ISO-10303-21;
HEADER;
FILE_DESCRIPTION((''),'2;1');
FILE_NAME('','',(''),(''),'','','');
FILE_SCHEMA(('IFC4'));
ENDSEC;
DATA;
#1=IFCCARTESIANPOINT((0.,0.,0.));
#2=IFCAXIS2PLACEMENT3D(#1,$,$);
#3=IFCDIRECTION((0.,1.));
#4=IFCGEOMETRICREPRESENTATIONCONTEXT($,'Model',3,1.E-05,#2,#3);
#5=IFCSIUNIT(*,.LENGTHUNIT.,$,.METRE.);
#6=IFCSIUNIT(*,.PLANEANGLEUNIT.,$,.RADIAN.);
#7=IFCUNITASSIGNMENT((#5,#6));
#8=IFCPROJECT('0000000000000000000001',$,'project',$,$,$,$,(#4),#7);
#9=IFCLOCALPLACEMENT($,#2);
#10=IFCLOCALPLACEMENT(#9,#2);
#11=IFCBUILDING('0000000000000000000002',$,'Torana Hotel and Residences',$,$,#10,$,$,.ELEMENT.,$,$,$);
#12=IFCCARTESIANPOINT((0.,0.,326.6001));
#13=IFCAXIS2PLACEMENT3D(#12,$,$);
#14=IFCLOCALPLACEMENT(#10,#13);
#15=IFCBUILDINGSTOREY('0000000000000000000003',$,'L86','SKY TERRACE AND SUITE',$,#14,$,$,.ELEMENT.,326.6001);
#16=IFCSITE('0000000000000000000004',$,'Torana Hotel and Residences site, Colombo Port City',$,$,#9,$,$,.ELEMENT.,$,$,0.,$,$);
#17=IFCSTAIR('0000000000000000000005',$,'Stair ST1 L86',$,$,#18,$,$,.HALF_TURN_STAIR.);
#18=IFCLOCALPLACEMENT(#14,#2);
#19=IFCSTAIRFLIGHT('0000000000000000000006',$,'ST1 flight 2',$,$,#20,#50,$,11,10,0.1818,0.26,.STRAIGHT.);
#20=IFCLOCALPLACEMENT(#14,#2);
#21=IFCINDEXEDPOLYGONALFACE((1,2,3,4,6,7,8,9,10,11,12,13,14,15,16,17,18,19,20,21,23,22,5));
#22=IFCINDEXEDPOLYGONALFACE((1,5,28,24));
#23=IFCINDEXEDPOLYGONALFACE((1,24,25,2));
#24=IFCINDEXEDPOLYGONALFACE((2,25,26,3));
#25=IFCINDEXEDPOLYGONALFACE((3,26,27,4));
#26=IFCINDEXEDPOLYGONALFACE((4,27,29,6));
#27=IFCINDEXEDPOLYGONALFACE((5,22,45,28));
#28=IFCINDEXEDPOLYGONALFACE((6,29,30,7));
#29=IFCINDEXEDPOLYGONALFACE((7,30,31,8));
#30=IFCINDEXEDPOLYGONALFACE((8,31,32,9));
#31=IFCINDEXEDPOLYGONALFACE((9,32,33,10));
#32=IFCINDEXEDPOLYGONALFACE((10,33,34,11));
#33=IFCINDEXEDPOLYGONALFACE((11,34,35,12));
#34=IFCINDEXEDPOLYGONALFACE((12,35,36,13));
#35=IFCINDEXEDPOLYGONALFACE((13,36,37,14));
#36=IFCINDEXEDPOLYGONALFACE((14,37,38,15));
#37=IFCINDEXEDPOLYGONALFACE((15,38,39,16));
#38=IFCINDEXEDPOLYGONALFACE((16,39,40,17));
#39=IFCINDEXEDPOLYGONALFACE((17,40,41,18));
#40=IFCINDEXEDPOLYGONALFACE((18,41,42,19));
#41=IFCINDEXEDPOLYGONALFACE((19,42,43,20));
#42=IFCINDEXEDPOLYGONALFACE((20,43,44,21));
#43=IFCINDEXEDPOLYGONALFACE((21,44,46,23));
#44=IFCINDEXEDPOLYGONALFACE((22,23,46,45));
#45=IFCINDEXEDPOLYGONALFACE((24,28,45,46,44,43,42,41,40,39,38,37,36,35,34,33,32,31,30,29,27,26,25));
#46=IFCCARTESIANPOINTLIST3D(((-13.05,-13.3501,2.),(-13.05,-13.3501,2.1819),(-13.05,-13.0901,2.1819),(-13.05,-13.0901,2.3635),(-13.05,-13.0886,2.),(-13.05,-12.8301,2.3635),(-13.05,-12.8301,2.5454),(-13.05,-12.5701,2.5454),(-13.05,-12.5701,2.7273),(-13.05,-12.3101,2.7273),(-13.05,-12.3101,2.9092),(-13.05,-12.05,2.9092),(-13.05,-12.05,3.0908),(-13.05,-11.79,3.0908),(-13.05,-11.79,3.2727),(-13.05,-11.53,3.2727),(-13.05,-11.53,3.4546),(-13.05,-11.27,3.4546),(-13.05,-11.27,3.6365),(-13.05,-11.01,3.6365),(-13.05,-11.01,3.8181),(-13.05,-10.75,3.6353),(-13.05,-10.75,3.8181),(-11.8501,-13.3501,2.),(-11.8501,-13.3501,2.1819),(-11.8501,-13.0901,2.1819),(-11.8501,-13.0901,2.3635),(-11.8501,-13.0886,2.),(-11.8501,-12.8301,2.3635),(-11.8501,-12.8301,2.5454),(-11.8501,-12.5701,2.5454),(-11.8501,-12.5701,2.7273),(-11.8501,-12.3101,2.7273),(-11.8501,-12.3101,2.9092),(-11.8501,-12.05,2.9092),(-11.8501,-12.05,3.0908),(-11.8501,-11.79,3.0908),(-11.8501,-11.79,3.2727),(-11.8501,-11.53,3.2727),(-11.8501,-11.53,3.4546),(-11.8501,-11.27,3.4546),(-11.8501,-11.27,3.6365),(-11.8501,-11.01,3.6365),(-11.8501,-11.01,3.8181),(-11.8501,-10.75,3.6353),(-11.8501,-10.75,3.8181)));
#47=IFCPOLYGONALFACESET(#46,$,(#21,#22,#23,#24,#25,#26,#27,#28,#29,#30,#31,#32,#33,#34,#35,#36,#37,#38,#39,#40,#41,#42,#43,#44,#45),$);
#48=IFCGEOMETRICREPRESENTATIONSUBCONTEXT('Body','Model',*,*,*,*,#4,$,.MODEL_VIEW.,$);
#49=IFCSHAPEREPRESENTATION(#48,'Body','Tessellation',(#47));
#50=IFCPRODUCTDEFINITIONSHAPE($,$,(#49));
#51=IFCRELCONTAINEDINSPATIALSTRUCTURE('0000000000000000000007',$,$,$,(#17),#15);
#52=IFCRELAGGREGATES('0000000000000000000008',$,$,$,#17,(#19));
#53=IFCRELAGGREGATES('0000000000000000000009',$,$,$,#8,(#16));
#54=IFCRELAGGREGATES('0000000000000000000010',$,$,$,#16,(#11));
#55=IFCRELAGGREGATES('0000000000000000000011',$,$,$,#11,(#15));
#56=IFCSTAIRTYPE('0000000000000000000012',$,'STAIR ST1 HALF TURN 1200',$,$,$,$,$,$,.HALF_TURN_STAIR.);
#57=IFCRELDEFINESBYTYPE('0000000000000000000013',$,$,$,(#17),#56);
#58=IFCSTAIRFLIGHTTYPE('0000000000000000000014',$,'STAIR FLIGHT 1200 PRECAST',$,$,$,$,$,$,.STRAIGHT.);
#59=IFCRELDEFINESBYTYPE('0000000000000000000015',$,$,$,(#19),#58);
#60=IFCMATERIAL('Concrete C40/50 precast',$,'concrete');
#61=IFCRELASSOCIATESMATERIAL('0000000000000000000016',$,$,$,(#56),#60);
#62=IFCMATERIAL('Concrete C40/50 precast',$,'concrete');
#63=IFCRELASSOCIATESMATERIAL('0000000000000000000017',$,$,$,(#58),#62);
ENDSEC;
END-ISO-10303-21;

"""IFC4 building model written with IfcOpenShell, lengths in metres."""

from ifc_helpers import new_model, si_unit, direction, frame, origin, place, context, subcontext, project, spatial, polyline, outline, extrude, material, type_object, element, aggregate, save


model = new_model("IFC4")

# Units and contexts
model_context = context("Model", 3, precision=1e-05, world=origin(), true_north=direction((0.0, 1.0)))
body_context = subcontext(model_context, "Body", "Model", "MODEL_VIEW")
ifc_project = project(units=[si_unit("LENGTHUNIT", "METRE"), si_unit("PLANEANGLEUNIT", "RADIAN")], contexts=[model_context])

# Site, building, storey
site_placement = place(None, origin())
site = spatial("IfcSite", under=ifc_project, at=site_placement, Name="Torana Hotel and Residences site, Colombo Port City", CompositionType="ELEMENT", RefElevation=0.0)
building_placement = place(site_placement, origin())
building = spatial("IfcBuilding", under=site, at=building_placement, Name="Torana Hotel and Residences", CompositionType="ELEMENT")
storey_placement = place(building_placement, frame((0.0, 0.0, 326.6001)))
storey = spatial("IfcBuildingStorey", under=building, at=storey_placement, Name="L86", Description="SKY TERRACE AND SUITE", CompositionType="ELEMENT", Elevation=326.6001)

# Stair, stair flight
ifc_material_1 = material(Name="Concrete C40/50 precast", Category="concrete")
stair_type = type_object("IfcStairType", Name="STAIR ST1 HALF TURN 1200", PredefinedType="HALF_TURN_STAIR", material=ifc_material_1)
stair_placement = place(storey_placement, origin())
stair = element("IfcStair", 1, at=stair_placement, inside=storey, type_object=stair_type, Name="Stair ST1 L86", PredefinedType="HALF_TURN_STAIR")
ifc_material_2 = material(Name="Concrete C40/50 precast", Category="concrete")
stair_flight_type = type_object("IfcStairFlightType", Name="STAIR FLIGHT 1200 PRECAST", PredefinedType="STRAIGHT", material=ifc_material_2)
stair_flight_1_placement = place(storey_placement, frame((-12.45, -13.3501, 2.0), z_axis=(0.0, 0.0, 1.0), x_axis=(0.0, 1.0, 0.0)))
stair_flight_1 = element("IfcStairFlight", 2, at=stair_flight_1_placement, type_object=stair_flight_type, Name="ST1 flight 2", NumberOfRisers=11, NumberOfTreads=10, PredefinedType="STRAIGHT", RiserHeight=0.1818, TreadLength=0.26, context=body_context, shape_type="SweptSolid", body=[
    extrude(outline(polyline([(0.0, 0.0), (0.0, 0.1819), (0.26, 0.1819), (0.26, 0.3635), (0.52, 0.3635), (0.52, 0.5454), (0.78, 0.5454), (0.78, 0.7273), (1.04, 0.7273), (1.04, 0.9092), (1.3, 0.9092), (1.3, 1.0908), (1.5601, 1.0908), (1.5601, 1.2727), (1.8201, 1.2727), (1.8201, 1.4546), (2.0801, 1.4546), (2.0801, 1.6365), (2.3401, 1.6365), (2.3401, 1.8181), (2.6001, 1.8181), (2.6001, 2.0), (2.6001, 1.6353), (0.2615, 0.0), (0.0, 0.0)])), frame((0.0, 0.6001, 0.0), z_axis=(0.0, -1.0, 0.0), x_axis=(1.0, 0.0, 0.0)), (0.0, 0.0, 1.0), 1.2),
])
aggregate(stair, [stair_flight_1])

save(model, "model.ifc")
